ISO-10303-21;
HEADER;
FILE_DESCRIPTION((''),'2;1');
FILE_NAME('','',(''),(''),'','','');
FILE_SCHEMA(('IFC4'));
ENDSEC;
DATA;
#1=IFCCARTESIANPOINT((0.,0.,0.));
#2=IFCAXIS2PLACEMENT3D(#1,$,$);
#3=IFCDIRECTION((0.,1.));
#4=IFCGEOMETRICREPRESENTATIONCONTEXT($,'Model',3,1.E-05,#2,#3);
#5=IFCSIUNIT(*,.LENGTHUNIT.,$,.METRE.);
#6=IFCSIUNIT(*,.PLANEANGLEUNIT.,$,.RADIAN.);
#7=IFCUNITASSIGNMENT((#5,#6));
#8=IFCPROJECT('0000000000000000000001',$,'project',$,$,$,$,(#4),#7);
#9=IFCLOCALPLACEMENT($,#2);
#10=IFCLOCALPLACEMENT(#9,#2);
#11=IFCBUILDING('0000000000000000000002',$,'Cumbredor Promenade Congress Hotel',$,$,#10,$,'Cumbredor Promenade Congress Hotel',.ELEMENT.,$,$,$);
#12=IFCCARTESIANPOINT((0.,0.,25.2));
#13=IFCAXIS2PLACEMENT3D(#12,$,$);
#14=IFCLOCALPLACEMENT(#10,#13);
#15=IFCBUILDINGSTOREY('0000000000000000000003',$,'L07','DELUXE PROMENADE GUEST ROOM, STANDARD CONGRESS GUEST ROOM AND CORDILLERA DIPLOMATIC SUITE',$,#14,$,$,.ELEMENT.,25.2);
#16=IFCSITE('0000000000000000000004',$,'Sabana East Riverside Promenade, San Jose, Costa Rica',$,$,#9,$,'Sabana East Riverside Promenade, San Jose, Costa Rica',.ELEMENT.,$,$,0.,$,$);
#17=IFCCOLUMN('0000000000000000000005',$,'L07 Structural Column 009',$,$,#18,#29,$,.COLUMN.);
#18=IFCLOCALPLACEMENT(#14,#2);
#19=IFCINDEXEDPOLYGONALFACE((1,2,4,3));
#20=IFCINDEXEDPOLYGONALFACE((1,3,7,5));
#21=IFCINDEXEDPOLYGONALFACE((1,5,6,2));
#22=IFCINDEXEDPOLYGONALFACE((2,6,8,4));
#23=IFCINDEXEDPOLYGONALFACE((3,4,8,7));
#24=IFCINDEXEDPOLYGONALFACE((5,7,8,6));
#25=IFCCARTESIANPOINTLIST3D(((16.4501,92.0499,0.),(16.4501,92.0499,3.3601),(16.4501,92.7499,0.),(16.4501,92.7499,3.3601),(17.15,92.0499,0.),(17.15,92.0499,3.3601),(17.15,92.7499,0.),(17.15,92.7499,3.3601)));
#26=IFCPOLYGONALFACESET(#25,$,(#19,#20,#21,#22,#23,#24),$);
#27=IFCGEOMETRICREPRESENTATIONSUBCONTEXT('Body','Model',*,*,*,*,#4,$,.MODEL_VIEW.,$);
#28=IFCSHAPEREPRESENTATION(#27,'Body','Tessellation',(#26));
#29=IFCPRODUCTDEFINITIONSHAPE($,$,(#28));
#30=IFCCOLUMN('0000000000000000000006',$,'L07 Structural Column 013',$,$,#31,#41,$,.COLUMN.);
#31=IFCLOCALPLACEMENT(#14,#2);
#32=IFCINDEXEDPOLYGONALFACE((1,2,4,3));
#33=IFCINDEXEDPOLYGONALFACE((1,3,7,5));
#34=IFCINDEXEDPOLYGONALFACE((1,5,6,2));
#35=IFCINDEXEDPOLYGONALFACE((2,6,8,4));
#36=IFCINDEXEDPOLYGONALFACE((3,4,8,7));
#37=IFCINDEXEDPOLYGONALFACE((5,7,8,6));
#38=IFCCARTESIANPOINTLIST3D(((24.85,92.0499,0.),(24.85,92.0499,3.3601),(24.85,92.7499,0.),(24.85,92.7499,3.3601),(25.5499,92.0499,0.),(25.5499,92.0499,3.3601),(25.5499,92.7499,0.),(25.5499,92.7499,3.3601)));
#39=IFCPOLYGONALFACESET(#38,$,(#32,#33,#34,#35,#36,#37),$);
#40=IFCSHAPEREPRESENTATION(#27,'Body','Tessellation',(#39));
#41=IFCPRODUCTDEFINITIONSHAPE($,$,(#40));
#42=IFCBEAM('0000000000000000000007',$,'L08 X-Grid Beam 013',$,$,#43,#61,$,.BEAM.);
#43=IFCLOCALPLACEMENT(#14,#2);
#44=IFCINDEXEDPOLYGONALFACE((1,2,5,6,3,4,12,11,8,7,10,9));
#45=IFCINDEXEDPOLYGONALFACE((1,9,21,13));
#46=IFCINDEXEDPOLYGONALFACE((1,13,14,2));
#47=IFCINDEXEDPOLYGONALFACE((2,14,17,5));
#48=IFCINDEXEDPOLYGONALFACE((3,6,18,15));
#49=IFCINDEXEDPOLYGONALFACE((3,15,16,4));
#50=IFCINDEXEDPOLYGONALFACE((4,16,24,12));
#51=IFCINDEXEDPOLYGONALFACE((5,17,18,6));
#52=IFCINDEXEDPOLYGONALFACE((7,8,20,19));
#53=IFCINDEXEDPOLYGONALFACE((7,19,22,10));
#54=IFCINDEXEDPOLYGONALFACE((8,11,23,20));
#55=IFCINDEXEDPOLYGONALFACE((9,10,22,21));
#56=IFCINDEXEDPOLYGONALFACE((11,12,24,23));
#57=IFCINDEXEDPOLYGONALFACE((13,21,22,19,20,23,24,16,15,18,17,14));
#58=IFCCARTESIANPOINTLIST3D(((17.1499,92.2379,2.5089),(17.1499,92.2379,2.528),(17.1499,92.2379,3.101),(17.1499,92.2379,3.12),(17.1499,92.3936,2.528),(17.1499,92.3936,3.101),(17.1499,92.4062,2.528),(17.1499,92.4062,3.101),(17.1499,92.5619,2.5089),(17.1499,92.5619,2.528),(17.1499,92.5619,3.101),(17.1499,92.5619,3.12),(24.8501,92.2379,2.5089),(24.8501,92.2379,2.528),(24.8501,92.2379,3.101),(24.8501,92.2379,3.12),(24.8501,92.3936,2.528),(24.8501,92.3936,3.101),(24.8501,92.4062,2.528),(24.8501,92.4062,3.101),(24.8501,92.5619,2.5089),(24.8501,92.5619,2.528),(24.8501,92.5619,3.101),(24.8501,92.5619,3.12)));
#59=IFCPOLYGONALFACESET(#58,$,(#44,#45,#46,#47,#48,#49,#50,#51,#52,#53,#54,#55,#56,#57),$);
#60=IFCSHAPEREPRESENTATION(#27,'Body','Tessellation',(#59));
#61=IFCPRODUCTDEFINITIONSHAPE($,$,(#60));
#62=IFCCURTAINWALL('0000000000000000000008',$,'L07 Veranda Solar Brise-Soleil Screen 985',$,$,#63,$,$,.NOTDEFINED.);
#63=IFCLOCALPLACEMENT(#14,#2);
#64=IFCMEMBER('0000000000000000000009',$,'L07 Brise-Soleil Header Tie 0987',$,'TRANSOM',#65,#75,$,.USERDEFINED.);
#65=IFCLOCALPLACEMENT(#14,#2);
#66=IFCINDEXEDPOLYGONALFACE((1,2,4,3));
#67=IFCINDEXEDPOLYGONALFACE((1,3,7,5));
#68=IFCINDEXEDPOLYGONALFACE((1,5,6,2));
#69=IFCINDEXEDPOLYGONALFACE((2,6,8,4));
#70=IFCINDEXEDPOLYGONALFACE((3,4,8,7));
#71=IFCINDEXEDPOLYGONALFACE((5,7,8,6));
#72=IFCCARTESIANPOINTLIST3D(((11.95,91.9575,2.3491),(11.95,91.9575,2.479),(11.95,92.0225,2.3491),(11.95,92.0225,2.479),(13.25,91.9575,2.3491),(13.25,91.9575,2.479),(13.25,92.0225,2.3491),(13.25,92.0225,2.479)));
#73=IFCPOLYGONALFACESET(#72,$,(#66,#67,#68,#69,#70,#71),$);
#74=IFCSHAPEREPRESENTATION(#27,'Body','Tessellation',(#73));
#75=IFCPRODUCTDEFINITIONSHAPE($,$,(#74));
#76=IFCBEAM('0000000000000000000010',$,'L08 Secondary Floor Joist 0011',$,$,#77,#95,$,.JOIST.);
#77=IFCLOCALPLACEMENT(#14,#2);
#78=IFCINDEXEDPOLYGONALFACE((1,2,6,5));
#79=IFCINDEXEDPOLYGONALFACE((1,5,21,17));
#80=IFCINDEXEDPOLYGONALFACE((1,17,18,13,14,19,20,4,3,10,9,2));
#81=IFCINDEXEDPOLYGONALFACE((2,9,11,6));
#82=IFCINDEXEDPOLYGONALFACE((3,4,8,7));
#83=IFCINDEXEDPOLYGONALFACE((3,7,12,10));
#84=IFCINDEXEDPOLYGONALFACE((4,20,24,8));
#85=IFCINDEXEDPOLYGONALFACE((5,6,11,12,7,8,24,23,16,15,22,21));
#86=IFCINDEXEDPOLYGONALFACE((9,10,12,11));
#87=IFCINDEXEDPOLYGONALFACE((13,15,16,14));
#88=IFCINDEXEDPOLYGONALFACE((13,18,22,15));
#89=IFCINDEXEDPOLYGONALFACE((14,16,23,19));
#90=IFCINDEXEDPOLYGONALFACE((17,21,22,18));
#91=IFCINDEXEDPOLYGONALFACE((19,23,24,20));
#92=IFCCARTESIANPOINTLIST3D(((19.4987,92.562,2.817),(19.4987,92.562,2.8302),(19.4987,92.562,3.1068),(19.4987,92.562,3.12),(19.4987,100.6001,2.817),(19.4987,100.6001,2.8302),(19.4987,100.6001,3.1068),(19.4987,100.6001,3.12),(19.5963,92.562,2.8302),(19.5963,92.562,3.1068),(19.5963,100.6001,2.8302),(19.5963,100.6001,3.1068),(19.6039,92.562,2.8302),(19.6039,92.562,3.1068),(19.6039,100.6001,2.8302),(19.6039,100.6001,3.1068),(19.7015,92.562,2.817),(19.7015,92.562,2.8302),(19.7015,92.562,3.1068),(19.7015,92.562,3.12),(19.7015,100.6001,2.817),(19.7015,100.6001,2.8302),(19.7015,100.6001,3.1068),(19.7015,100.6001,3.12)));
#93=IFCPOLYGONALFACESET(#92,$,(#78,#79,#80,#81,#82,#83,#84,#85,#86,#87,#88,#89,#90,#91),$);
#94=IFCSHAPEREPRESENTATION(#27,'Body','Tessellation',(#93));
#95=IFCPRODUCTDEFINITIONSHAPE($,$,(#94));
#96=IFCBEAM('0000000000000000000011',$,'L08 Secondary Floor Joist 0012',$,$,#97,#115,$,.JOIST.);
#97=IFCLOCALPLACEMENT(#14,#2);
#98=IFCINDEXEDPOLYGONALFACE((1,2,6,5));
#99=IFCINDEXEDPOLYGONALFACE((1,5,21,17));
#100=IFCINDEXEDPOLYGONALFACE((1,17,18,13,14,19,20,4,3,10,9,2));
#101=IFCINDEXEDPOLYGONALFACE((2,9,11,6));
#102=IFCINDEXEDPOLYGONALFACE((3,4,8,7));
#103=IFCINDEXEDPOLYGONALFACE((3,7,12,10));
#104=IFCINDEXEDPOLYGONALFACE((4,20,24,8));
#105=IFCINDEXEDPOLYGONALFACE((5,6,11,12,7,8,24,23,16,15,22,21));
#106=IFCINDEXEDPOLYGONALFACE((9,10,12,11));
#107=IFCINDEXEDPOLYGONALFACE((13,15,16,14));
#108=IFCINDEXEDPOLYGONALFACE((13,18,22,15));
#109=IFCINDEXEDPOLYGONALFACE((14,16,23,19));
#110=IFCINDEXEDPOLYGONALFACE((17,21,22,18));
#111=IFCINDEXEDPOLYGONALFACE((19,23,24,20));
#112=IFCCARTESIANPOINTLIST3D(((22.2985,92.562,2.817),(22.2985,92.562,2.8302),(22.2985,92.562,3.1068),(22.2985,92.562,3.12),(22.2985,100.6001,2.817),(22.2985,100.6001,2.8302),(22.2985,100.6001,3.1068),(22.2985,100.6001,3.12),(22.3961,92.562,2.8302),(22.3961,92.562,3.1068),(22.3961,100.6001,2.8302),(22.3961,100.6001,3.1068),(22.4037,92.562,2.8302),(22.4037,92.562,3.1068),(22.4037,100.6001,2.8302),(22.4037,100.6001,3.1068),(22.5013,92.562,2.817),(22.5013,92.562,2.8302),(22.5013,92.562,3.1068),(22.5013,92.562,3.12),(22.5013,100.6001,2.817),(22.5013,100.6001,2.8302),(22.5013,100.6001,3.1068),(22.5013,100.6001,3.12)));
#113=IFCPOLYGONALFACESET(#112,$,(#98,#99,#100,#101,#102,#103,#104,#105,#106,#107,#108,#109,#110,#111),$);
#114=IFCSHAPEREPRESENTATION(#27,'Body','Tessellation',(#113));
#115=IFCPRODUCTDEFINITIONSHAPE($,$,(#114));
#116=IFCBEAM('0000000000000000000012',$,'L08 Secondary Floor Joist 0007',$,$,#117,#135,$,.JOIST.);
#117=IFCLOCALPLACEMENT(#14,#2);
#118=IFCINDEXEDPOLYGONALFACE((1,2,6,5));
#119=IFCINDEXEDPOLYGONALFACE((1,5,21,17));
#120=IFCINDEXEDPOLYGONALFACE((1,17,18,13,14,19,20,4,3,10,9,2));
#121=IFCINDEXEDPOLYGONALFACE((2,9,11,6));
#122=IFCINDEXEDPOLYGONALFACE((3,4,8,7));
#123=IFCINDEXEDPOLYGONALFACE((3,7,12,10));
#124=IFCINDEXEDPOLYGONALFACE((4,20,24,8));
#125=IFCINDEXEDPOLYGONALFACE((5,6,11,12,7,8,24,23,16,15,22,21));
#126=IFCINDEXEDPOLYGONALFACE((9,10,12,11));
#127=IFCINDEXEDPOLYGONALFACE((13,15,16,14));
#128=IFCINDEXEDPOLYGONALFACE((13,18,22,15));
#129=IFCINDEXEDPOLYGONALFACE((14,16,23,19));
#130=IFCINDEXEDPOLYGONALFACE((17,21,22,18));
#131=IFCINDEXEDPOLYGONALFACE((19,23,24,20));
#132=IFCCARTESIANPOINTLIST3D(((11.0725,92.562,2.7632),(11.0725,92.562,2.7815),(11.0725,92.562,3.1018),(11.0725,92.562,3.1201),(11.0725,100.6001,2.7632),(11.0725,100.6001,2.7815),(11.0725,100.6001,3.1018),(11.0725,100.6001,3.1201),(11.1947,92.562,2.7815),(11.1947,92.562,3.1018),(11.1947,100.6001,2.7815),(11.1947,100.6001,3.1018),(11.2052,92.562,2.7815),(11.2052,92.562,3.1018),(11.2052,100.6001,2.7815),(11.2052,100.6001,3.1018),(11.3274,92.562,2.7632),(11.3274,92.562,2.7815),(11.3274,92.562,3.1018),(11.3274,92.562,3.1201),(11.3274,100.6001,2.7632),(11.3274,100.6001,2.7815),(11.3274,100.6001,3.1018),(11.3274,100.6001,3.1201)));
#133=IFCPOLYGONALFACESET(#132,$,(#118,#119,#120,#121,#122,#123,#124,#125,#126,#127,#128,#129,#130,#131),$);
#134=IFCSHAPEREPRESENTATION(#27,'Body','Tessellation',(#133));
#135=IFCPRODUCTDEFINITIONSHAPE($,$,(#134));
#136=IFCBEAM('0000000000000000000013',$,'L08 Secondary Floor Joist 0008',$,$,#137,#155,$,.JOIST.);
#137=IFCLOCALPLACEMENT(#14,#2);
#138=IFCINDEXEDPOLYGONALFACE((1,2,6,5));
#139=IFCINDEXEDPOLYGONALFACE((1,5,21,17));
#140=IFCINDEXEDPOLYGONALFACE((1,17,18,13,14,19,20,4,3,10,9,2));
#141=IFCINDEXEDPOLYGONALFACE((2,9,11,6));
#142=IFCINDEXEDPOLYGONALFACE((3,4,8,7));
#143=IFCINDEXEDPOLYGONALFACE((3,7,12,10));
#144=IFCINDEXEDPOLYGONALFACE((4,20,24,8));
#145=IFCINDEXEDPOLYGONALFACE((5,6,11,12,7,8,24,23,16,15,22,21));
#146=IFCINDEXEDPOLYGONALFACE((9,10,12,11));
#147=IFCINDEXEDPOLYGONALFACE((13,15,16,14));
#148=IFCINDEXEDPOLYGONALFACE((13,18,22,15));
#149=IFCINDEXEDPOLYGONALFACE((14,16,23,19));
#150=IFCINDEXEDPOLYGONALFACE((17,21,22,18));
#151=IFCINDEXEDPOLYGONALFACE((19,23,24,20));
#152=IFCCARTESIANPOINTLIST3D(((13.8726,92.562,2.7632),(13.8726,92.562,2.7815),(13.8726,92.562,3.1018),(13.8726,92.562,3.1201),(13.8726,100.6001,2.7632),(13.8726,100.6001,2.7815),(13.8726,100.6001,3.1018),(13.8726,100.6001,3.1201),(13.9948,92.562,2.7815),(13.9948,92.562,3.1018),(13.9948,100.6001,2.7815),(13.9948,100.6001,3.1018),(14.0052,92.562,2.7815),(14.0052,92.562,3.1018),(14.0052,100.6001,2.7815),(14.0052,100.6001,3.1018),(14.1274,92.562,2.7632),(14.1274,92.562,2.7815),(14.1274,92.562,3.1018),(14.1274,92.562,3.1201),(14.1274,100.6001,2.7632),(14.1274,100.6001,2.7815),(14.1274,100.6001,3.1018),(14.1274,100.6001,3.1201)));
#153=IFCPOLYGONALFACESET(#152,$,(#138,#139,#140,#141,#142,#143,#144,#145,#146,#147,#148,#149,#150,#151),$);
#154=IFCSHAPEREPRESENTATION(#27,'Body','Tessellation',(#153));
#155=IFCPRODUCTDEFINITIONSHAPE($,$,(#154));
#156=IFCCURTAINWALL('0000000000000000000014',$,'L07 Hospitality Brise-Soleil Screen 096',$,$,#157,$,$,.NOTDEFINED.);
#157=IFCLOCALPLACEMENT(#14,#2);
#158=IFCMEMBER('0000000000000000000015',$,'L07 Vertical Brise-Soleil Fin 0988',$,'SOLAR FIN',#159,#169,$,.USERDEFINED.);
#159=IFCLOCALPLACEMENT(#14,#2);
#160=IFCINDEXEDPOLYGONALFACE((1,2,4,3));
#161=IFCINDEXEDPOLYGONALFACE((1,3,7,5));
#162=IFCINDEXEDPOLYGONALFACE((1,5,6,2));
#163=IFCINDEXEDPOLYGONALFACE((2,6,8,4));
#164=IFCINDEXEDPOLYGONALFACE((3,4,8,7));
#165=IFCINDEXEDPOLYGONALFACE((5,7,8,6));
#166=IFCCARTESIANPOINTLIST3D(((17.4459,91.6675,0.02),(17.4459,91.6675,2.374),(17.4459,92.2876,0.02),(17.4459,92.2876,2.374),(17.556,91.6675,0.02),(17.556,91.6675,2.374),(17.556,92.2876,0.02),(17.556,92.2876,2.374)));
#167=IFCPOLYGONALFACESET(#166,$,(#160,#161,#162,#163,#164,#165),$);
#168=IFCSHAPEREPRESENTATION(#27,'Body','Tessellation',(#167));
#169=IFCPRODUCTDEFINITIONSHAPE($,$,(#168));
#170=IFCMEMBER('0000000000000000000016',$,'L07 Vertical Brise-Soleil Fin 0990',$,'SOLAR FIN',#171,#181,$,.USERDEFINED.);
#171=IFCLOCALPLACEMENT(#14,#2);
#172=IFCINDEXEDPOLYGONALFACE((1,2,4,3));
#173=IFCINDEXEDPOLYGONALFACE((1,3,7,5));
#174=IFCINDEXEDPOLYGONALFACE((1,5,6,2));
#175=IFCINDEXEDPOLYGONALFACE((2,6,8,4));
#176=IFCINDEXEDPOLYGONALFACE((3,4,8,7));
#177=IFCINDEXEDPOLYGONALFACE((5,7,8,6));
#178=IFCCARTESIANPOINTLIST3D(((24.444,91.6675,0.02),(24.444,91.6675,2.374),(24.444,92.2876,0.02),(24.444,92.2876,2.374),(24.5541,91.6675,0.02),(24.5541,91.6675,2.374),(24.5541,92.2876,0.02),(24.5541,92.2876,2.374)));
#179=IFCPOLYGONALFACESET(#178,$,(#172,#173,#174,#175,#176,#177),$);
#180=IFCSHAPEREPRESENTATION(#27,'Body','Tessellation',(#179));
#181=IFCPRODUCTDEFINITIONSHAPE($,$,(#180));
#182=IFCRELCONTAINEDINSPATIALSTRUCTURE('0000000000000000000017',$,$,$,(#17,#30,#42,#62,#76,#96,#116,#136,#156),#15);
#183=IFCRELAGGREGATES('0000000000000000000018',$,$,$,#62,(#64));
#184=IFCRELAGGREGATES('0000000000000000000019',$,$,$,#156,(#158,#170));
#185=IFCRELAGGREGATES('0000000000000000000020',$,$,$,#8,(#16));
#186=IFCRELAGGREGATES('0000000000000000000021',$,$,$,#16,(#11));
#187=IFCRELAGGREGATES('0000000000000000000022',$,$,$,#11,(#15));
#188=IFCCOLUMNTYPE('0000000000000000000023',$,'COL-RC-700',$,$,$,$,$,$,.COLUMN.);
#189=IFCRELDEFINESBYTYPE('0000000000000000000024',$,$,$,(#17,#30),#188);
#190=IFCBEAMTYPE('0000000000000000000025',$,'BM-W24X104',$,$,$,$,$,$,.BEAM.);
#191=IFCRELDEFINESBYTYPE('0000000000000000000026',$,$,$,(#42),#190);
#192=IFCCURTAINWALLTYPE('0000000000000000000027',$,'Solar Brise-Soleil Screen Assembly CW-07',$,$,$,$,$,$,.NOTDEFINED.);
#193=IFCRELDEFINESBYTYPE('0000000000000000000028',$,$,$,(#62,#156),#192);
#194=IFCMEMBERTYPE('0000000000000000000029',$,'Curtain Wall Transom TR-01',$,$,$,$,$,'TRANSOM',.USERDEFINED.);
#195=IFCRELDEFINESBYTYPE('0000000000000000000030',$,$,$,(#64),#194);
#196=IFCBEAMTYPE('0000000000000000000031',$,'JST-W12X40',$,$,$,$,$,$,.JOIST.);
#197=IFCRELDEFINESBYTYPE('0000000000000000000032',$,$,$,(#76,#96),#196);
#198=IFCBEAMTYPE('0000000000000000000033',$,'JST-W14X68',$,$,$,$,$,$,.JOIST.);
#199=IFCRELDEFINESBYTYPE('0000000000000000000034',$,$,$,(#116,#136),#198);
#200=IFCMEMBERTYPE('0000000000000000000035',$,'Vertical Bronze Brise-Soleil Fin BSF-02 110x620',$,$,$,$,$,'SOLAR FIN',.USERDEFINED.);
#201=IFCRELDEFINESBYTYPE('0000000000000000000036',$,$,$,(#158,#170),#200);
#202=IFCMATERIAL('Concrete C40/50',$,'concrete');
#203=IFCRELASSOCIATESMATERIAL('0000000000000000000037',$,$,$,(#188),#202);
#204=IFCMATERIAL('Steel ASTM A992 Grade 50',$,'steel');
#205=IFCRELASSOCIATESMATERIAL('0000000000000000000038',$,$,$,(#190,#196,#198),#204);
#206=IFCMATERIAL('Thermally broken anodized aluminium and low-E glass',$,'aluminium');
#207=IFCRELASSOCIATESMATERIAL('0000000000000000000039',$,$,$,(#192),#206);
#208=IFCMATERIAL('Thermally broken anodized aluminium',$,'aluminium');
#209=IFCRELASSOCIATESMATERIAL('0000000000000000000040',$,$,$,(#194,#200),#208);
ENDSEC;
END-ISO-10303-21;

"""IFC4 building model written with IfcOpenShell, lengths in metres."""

from ifc_helpers import new_model, si_unit, direction, frame, origin, origin_2d, place, context, subcontext, project, spatial, rectangle, i_section, extrude, material, material_profile, profile_set, type_object, element, aggregate, save


model = new_model("IFC4")

# Units and contexts
model_context = context("Model", 3, precision=1e-05, world=origin(), true_north=direction((0.0, 1.0)))
body_context = subcontext(model_context, "Body", "Model", "MODEL_VIEW")
ifc_project = project(units=[si_unit("LENGTHUNIT", "METRE"), si_unit("PLANEANGLEUNIT", "RADIAN")], contexts=[model_context])

# Site, building, storey
site_placement = place(None, origin())
site = spatial("IfcSite", under=ifc_project, at=site_placement, Name="Sabana East Riverside Promenade, San Jose, Costa Rica", LongName="Sabana East Riverside Promenade, San Jose, Costa Rica", CompositionType="ELEMENT", RefElevation=0.0)
building_placement = place(site_placement, origin())
building = spatial("IfcBuilding", under=site, at=building_placement, Name="Cumbredor Promenade Congress Hotel", LongName="Cumbredor Promenade Congress Hotel", CompositionType="ELEMENT")
storey_placement = place(building_placement, frame((0.0, 0.0, 25.2)))
storey = spatial("IfcBuildingStorey", under=building, at=storey_placement, Name="L07", Description="DELUXE PROMENADE GUEST ROOM, STANDARD CONGRESS GUEST ROOM AND CORDILLERA DIPLOMATIC SUITE", CompositionType="ELEMENT", Elevation=25.2)

# Columns
ifc_material_1 = material(Name="Concrete C40/50", Category="concrete")
ifc_material_profile_1 = material_profile(ifc_material_1, rectangle(XDim=0.7, YDim=0.7, at=origin_2d()), Name="RC 700x700")
ifc_profile_set_1 = profile_set([ifc_material_profile_1], Name="Concrete C40/50")
column_type = type_object("IfcColumnType", Name="COL-RC-700", PredefinedType="COLUMN", material=ifc_profile_set_1)
for number, where, z_axis, x_axis, name in (
    (1, (16.8, 92.3999, 0.0), (0.0, 0.0, 1.0), (1.0, 0.0, 0.0), "L07 Structural Column 009"),
    (2, (25.2, 92.3999, 0.0), (0.0, 0.0, 1.0), (1.0, 0.0, 0.0), "L07 Structural Column 013"),
):
    element("IfcColumn", number, at=place(storey_placement, frame(where, z_axis=z_axis, x_axis=x_axis)), inside=storey, type_object=column_type, Name=name, PredefinedType="COLUMN", context=body_context, shape_type="SweptSolid", body=[
        extrude(rectangle(XDim=0.7, YDim=0.7, at=origin_2d()), origin(), (0.0, 0.0, 1.0), 3.3601),
    ])

# Beam
ifc_material_2 = material(Name="Steel ASTM A992 Grade 50", Category="steel")
ifc_material_profile_2 = material_profile(ifc_material_2, i_section(OverallWidth=0.324, OverallDepth=0.6111, WebThickness=0.0127, FlangeThickness=0.019, at=origin_2d()), Name="W24X104")
ifc_profile_set_2 = profile_set([ifc_material_profile_2], Name="Steel ASTM A992 Grade 50")
beam_type_1 = type_object("IfcBeamType", Name="BM-W24X104", PredefinedType="BEAM", material=ifc_profile_set_2)
beam_placement = place(storey_placement, frame((17.1499, 92.3999, 2.8145), z_axis=(1.0, 0.0, 0.0), x_axis=(0.0, 1.0, 0.0)))
element("IfcBeam", 3, at=beam_placement, inside=storey, type_object=beam_type_1, Name="L08 X-Grid Beam 013", PredefinedType="BEAM", context=body_context, shape_type="SweptSolid", body=[
    extrude(i_section(OverallWidth=0.324, OverallDepth=0.6111, WebThickness=0.0127, FlangeThickness=0.019, at=origin_2d()), origin(), (0.0, 0.0, 1.0), 7.7002),
])

# Curtain wall, member
ifc_material_3 = material(Name="Thermally broken anodized aluminium and low-E glass", Category="aluminium")
curtain_wall_type = type_object("IfcCurtainWallType", Name="Solar Brise-Soleil Screen Assembly CW-07", PredefinedType="NOTDEFINED", material=ifc_material_3)
curtain_wall_1_placement = place(storey_placement, origin())
curtain_wall_1 = element("IfcCurtainWall", 4, at=curtain_wall_1_placement, inside=storey, type_object=curtain_wall_type, Name="L07 Veranda Solar Brise-Soleil Screen 985", PredefinedType="NOTDEFINED")
ifc_material_4 = material(Name="Thermally broken anodized aluminium", Category="aluminium")
ifc_material_profile_3 = material_profile(ifc_material_4, rectangle(XDim=0.0649, YDim=0.1299, at=origin_2d()), Name="ALU TRANSOM 65x130")
ifc_profile_set_3 = profile_set([ifc_material_profile_3], Name="Thermally broken anodized aluminium")
member_type_1 = type_object("IfcMemberType", Name="Curtain Wall Transom TR-01", ElementType="TRANSOM", PredefinedType="USERDEFINED", material=ifc_profile_set_3)
member_1_placement = place(storey_placement, frame((11.95, 91.99, 2.4141), z_axis=(1.0, 0.0, 0.0), x_axis=(0.0, 1.0, 0.0)))
member_1 = element("IfcMember", 5, at=member_1_placement, type_object=member_type_1, Name="L07 Brise-Soleil Header Tie 0987", ObjectType="TRANSOM", PredefinedType="USERDEFINED", context=body_context, shape_type="SweptSolid", body=[
    extrude(rectangle(XDim=0.0649, YDim=0.1299, at=origin_2d()), origin(), (0.0, 0.0, 1.0), 1.3),
])

# Beams
ifc_material_profile_4 = material_profile(ifc_material_2, i_section(OverallWidth=0.2029, OverallDepth=0.303, WebThickness=0.0076, FlangeThickness=0.0132, at=origin_2d()), Name="W12X40")
ifc_profile_set_4 = profile_set([ifc_material_profile_4], Name="Steel ASTM A992 Grade 50")
beam_type_2 = type_object("IfcBeamType", Name="JST-W12X40", PredefinedType="JOIST", material=ifc_profile_set_4)
for number, where, z_axis, x_axis, name in (
    (6, (19.6001, 92.562, 2.9685), (0.0, 1.0, 0.0), (-1.0, 0.0, 0.0), "L08 Secondary Floor Joist 0011"),
    (7, (22.3999, 92.562, 2.9685), (0.0, 1.0, 0.0), (-1.0, 0.0, 0.0), "L08 Secondary Floor Joist 0012"),
):
    element("IfcBeam", number, at=place(storey_placement, frame(where, z_axis=z_axis, x_axis=x_axis)), inside=storey, type_object=beam_type_2, Name=name, PredefinedType="JOIST", context=body_context, shape_type="SweptSolid", body=[
        extrude(i_section(OverallWidth=0.2029, OverallDepth=0.303, WebThickness=0.0076, FlangeThickness=0.0132, at=origin_2d()), origin(), (0.0, 0.0, 1.0), 8.0381),
    ])
ifc_material_profile_5 = material_profile(ifc_material_2, i_section(OverallWidth=0.2549, OverallDepth=0.3569, WebThickness=0.0105, FlangeThickness=0.0183, at=origin_2d()), Name="W14X68")
ifc_profile_set_5 = profile_set([ifc_material_profile_5], Name="Steel ASTM A992 Grade 50")
beam_type_3 = type_object("IfcBeamType", Name="JST-W14X68", PredefinedType="JOIST", material=ifc_profile_set_5)
for number, where, z_axis, x_axis, name in (
    (8, (11.2, 92.562, 2.9417), (0.0, 1.0, 0.0), (-1.0, 0.0, 0.0), "L08 Secondary Floor Joist 0007"),
    (9, (14.0, 92.562, 2.9417), (0.0, 1.0, 0.0), (-1.0, 0.0, 0.0), "L08 Secondary Floor Joist 0008"),
):
    element("IfcBeam", number, at=place(storey_placement, frame(where, z_axis=z_axis, x_axis=x_axis)), inside=storey, type_object=beam_type_3, Name=name, PredefinedType="JOIST", context=body_context, shape_type="SweptSolid", body=[
        extrude(i_section(OverallWidth=0.2549, OverallDepth=0.3569, WebThickness=0.0105, FlangeThickness=0.0183, at=origin_2d()), origin(), (0.0, 0.0, 1.0), 8.0381),
    ])

# Curtain wall, members
curtain_wall_2_placement = place(storey_placement, origin())
curtain_wall_2 = element("IfcCurtainWall", 10, at=curtain_wall_2_placement, inside=storey, type_object=curtain_wall_type, Name="L07 Hospitality Brise-Soleil Screen 096", PredefinedType="NOTDEFINED")
ifc_material_profile_6 = material_profile(ifc_material_4, rectangle(XDim=0.1101, YDim=0.6201, at=origin_2d()), Name="ARCH FIN 110x620")
ifc_profile_set_6 = profile_set([ifc_material_profile_6], Name="Thermally broken anodized aluminium")
member_type_2 = type_object("IfcMemberType", Name="Vertical Bronze Brise-Soleil Fin BSF-02 110x620", ElementType="SOLAR FIN", PredefinedType="USERDEFINED", material=ifc_profile_set_6)
member_2_placement = place(storey_placement, frame((17.501, 91.9775, 0.02), z_axis=(0.0, 0.0, 1.0), x_axis=(1.0, 0.0, 0.0)))
member_2 = element("IfcMember", 11, at=member_2_placement, type_object=member_type_2, Name="L07 Vertical Brise-Soleil Fin 0988", ObjectType="SOLAR FIN", PredefinedType="USERDEFINED", context=body_context, shape_type="SweptSolid", body=[
    extrude(rectangle(XDim=0.1101, YDim=0.6201, at=origin_2d()), origin(), (0.0, 0.0, 1.0), 2.354),
])
member_3_placement = place(storey_placement, frame((24.499, 91.9775, 0.02), z_axis=(0.0, 0.0, 1.0), x_axis=(1.0, 0.0, 0.0)))
member_3 = element("IfcMember", 12, at=member_3_placement, type_object=member_type_2, Name="L07 Vertical Brise-Soleil Fin 0990", ObjectType="SOLAR FIN", PredefinedType="USERDEFINED", context=body_context, shape_type="SweptSolid", body=[
    extrude(rectangle(XDim=0.1101, YDim=0.6201, at=origin_2d()), origin(), (0.0, 0.0, 1.0), 2.354),
])

aggregate(curtain_wall_1, [member_1])
aggregate(curtain_wall_2, [member_2, member_3])

save(model, "model.ifc")
